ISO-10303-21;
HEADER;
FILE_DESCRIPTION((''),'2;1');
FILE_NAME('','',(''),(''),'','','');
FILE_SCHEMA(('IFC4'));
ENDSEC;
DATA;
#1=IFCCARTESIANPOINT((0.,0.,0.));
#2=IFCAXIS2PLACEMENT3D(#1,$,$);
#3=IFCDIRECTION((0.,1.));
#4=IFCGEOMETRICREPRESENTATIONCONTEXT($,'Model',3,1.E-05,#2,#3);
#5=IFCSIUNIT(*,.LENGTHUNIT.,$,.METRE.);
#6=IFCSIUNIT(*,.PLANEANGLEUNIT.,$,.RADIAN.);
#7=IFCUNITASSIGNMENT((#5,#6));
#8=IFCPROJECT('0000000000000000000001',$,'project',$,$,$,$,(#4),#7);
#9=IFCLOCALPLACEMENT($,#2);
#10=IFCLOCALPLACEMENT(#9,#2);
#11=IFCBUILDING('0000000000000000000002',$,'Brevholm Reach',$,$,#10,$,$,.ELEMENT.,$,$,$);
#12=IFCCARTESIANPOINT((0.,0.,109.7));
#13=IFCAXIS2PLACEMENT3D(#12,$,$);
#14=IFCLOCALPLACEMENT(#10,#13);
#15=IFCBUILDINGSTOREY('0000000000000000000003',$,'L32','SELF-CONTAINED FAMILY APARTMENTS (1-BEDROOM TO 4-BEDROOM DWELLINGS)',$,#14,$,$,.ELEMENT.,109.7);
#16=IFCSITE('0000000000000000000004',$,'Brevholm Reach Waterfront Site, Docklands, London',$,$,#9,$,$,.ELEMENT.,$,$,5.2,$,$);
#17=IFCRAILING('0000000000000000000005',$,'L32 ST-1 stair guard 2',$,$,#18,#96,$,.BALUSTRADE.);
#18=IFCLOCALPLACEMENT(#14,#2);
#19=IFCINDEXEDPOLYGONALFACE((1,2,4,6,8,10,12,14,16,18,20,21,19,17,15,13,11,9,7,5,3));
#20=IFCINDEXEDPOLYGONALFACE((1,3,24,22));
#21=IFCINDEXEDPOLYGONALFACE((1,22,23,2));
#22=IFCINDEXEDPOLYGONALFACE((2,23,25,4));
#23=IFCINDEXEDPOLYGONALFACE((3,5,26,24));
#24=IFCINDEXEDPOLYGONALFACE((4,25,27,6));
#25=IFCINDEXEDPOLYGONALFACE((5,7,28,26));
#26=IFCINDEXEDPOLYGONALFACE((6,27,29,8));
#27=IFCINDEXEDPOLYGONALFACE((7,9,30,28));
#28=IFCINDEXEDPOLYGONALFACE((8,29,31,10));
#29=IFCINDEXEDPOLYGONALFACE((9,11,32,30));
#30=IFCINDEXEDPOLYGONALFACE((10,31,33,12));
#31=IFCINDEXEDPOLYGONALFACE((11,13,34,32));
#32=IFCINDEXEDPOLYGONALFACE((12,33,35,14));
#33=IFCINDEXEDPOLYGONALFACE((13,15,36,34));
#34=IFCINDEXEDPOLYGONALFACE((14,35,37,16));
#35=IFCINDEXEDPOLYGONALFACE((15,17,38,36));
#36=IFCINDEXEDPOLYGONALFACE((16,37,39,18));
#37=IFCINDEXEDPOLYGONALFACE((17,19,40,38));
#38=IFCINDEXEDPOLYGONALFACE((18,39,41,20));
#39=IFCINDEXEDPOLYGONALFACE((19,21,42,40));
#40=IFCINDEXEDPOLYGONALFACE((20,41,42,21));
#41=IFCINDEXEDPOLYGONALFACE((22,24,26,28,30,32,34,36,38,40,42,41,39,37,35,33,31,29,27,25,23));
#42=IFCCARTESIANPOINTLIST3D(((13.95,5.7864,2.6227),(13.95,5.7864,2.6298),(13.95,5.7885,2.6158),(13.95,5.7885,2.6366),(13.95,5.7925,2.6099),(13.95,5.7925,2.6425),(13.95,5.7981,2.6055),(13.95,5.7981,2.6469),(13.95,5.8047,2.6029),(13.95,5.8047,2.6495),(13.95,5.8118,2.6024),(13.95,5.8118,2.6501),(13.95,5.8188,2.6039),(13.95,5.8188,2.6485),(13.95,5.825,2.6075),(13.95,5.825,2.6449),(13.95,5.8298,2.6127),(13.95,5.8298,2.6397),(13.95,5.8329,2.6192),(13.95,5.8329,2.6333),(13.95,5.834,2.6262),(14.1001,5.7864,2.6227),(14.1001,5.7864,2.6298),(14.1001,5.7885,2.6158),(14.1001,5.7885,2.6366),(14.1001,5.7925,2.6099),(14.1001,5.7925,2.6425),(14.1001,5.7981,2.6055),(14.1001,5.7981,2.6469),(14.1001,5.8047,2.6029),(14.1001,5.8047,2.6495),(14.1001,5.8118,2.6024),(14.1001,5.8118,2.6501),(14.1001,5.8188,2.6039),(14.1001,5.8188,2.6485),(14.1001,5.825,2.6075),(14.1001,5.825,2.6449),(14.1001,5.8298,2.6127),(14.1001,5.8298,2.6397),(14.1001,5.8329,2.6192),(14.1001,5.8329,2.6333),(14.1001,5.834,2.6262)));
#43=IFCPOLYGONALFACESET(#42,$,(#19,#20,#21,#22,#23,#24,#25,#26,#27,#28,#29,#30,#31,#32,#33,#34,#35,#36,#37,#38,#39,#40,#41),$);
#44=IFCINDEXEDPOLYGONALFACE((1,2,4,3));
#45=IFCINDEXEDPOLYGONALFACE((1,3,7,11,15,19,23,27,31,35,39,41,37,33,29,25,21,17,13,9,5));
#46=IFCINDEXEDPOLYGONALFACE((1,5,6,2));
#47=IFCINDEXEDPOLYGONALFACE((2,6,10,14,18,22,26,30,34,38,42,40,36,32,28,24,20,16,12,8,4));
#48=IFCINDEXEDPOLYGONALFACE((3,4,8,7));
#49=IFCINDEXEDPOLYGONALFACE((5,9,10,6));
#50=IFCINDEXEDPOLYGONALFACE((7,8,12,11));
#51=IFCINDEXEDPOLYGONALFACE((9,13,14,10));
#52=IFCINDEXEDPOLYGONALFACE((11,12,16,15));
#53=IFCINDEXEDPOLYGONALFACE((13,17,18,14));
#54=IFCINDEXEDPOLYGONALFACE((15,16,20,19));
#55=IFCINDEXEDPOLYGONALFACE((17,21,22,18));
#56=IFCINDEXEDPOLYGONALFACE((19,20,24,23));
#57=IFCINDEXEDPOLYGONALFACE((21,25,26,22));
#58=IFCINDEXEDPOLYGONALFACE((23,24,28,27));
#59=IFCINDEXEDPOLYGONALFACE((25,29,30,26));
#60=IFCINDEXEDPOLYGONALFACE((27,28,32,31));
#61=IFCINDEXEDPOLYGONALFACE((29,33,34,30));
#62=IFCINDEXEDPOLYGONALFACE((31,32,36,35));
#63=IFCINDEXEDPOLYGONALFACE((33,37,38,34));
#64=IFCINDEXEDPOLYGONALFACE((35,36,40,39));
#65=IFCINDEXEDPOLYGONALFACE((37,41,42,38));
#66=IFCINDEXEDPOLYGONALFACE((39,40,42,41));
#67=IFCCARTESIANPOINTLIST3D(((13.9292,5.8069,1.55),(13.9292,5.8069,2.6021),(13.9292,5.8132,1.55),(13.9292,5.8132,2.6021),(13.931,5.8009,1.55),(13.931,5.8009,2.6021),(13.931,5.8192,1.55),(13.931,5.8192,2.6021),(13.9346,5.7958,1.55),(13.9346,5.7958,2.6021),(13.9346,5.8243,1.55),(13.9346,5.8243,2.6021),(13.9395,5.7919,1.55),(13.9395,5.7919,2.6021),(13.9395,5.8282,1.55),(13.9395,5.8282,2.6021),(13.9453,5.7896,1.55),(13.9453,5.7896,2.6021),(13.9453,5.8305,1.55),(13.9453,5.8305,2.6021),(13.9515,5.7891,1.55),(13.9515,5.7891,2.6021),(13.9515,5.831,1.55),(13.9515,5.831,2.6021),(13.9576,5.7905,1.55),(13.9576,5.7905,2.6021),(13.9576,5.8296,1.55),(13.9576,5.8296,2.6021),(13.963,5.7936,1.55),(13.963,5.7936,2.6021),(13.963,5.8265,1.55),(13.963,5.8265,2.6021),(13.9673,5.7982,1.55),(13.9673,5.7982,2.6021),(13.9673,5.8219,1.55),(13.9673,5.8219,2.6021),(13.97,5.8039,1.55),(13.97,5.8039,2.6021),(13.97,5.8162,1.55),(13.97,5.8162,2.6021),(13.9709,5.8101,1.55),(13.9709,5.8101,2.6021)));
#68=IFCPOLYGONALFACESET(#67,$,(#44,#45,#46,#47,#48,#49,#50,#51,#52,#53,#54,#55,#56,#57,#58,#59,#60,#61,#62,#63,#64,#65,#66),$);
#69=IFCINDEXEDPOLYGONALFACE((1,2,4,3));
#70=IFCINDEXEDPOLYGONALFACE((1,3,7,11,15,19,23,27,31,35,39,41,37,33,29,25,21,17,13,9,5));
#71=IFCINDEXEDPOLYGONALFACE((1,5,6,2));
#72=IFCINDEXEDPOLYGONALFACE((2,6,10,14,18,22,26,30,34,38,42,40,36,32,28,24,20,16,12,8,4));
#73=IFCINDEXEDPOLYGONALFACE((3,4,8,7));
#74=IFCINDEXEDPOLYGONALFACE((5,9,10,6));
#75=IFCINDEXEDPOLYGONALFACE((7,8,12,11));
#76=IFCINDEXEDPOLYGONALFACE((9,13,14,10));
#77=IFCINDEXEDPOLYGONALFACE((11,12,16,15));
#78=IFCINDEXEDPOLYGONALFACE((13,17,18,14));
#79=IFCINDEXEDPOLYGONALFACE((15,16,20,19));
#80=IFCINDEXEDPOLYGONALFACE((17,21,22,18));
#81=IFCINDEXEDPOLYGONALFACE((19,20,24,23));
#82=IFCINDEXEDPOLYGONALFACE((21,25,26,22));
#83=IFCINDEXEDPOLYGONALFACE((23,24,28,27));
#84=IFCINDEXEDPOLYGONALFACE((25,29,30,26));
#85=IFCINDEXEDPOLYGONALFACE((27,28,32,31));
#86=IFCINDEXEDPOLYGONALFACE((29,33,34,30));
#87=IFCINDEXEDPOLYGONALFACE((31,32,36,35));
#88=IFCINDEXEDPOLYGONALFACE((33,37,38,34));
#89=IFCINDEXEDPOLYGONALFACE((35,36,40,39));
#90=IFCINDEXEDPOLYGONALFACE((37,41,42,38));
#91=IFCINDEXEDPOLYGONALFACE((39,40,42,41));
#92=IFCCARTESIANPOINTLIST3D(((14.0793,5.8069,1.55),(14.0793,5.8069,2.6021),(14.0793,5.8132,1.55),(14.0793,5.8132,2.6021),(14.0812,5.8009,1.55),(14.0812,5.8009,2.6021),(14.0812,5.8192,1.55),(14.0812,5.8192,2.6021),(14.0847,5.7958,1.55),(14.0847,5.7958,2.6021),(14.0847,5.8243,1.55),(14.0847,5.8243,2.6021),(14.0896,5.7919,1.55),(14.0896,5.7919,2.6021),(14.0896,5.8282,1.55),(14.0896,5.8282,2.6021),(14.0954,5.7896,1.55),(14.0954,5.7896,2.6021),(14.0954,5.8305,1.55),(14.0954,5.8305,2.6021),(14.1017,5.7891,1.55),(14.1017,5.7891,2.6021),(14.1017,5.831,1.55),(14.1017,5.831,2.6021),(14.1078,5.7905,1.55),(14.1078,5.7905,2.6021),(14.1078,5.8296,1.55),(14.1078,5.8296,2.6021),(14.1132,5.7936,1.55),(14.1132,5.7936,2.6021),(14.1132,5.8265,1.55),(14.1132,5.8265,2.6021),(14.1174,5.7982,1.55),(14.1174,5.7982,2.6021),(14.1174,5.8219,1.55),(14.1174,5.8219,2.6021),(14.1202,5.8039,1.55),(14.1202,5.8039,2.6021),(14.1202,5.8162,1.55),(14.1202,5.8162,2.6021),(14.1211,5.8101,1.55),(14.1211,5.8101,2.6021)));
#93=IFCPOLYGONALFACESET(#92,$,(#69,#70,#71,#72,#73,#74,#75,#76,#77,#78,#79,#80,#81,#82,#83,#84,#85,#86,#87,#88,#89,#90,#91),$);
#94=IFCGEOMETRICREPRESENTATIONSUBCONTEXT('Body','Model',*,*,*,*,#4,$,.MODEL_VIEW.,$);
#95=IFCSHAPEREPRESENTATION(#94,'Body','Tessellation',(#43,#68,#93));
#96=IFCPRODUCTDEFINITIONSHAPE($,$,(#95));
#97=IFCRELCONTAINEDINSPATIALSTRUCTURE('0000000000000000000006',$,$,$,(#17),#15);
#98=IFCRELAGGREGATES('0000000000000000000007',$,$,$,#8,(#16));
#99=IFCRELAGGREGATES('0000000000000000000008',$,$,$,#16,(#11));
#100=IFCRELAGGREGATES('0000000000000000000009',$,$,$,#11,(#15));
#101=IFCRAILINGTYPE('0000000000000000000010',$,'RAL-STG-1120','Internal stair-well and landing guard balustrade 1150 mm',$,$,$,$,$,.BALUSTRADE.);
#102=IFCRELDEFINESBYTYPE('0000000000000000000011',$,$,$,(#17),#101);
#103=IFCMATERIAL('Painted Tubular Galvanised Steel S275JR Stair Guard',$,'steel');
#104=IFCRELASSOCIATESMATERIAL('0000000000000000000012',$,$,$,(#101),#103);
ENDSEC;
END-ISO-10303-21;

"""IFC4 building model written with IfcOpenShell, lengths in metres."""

from ifc_helpers import new_model, si_unit, direction, frame, origin, origin_2d, place, context, subcontext, project, spatial, circle, extrude, material, type_object, element, save


model = new_model("IFC4")

# Units and contexts
model_context = context("Model", 3, precision=1e-05, world=origin(), true_north=direction((0.0, 1.0)))
body_context = subcontext(model_context, "Body", "Model", "MODEL_VIEW")
ifc_project = project(units=[si_unit("LENGTHUNIT", "METRE"), si_unit("PLANEANGLEUNIT", "RADIAN")], contexts=[model_context])

# Site, building, storey
site_placement = place(None, origin())
site = spatial("IfcSite", under=ifc_project, at=site_placement, Name="Brevholm Reach Waterfront Site, Docklands, London", CompositionType="ELEMENT", RefElevation=5.2)
building_placement = place(site_placement, origin())
building = spatial("IfcBuilding", under=site, at=building_placement, Name="Brevholm Reach", CompositionType="ELEMENT")
storey_placement = place(building_placement, frame((0.0, 0.0, 109.7)))
storey = spatial("IfcBuildingStorey", under=building, at=storey_placement, Name="L32", Description="SELF-CONTAINED FAMILY APARTMENTS (1-BEDROOM TO 4-BEDROOM DWELLINGS)", CompositionType="ELEMENT", Elevation=109.7)

# Railing
ifc_material_1 = material(Name="Painted Tubular Galvanised Steel S275JR Stair Guard", Category="steel")
railing_type_1 = type_object("IfcRailingType", Name="RAL-STG-1120", Description="Internal stair-well and landing guard balustrade 1150 mm", PredefinedType="BALUSTRADE", material=ifc_material_1)
railing_1_placement = place(storey_placement, frame((13.95, 5.8101, 1.55)))
element("IfcRailing", 1, at=railing_1_placement, inside=storey, type_object=railing_type_1, Name="L32 ST-1 stair guard 2", PredefinedType="BALUSTRADE", context=body_context, shape_type="SweptSolid", body=[
    extrude(circle(Radius=0.0239, at=origin_2d()), frame((0.0, 0.0, 1.0762), z_axis=(1.0, 0.0, 0.0), x_axis=(0.0, 1.0, 0.0)), (0.0, 0.0, 1.0), 0.1501),
    extrude(circle(Radius=0.021, at=origin_2d()), origin(), (0.0, 0.0, 1.0), 1.052),
    extrude(circle(Radius=0.021, at=origin_2d()), frame((0.1501, 0.0, 0.0)), (0.0, 0.0, 1.0), 1.052),
])

save(model, "model.ifc")
